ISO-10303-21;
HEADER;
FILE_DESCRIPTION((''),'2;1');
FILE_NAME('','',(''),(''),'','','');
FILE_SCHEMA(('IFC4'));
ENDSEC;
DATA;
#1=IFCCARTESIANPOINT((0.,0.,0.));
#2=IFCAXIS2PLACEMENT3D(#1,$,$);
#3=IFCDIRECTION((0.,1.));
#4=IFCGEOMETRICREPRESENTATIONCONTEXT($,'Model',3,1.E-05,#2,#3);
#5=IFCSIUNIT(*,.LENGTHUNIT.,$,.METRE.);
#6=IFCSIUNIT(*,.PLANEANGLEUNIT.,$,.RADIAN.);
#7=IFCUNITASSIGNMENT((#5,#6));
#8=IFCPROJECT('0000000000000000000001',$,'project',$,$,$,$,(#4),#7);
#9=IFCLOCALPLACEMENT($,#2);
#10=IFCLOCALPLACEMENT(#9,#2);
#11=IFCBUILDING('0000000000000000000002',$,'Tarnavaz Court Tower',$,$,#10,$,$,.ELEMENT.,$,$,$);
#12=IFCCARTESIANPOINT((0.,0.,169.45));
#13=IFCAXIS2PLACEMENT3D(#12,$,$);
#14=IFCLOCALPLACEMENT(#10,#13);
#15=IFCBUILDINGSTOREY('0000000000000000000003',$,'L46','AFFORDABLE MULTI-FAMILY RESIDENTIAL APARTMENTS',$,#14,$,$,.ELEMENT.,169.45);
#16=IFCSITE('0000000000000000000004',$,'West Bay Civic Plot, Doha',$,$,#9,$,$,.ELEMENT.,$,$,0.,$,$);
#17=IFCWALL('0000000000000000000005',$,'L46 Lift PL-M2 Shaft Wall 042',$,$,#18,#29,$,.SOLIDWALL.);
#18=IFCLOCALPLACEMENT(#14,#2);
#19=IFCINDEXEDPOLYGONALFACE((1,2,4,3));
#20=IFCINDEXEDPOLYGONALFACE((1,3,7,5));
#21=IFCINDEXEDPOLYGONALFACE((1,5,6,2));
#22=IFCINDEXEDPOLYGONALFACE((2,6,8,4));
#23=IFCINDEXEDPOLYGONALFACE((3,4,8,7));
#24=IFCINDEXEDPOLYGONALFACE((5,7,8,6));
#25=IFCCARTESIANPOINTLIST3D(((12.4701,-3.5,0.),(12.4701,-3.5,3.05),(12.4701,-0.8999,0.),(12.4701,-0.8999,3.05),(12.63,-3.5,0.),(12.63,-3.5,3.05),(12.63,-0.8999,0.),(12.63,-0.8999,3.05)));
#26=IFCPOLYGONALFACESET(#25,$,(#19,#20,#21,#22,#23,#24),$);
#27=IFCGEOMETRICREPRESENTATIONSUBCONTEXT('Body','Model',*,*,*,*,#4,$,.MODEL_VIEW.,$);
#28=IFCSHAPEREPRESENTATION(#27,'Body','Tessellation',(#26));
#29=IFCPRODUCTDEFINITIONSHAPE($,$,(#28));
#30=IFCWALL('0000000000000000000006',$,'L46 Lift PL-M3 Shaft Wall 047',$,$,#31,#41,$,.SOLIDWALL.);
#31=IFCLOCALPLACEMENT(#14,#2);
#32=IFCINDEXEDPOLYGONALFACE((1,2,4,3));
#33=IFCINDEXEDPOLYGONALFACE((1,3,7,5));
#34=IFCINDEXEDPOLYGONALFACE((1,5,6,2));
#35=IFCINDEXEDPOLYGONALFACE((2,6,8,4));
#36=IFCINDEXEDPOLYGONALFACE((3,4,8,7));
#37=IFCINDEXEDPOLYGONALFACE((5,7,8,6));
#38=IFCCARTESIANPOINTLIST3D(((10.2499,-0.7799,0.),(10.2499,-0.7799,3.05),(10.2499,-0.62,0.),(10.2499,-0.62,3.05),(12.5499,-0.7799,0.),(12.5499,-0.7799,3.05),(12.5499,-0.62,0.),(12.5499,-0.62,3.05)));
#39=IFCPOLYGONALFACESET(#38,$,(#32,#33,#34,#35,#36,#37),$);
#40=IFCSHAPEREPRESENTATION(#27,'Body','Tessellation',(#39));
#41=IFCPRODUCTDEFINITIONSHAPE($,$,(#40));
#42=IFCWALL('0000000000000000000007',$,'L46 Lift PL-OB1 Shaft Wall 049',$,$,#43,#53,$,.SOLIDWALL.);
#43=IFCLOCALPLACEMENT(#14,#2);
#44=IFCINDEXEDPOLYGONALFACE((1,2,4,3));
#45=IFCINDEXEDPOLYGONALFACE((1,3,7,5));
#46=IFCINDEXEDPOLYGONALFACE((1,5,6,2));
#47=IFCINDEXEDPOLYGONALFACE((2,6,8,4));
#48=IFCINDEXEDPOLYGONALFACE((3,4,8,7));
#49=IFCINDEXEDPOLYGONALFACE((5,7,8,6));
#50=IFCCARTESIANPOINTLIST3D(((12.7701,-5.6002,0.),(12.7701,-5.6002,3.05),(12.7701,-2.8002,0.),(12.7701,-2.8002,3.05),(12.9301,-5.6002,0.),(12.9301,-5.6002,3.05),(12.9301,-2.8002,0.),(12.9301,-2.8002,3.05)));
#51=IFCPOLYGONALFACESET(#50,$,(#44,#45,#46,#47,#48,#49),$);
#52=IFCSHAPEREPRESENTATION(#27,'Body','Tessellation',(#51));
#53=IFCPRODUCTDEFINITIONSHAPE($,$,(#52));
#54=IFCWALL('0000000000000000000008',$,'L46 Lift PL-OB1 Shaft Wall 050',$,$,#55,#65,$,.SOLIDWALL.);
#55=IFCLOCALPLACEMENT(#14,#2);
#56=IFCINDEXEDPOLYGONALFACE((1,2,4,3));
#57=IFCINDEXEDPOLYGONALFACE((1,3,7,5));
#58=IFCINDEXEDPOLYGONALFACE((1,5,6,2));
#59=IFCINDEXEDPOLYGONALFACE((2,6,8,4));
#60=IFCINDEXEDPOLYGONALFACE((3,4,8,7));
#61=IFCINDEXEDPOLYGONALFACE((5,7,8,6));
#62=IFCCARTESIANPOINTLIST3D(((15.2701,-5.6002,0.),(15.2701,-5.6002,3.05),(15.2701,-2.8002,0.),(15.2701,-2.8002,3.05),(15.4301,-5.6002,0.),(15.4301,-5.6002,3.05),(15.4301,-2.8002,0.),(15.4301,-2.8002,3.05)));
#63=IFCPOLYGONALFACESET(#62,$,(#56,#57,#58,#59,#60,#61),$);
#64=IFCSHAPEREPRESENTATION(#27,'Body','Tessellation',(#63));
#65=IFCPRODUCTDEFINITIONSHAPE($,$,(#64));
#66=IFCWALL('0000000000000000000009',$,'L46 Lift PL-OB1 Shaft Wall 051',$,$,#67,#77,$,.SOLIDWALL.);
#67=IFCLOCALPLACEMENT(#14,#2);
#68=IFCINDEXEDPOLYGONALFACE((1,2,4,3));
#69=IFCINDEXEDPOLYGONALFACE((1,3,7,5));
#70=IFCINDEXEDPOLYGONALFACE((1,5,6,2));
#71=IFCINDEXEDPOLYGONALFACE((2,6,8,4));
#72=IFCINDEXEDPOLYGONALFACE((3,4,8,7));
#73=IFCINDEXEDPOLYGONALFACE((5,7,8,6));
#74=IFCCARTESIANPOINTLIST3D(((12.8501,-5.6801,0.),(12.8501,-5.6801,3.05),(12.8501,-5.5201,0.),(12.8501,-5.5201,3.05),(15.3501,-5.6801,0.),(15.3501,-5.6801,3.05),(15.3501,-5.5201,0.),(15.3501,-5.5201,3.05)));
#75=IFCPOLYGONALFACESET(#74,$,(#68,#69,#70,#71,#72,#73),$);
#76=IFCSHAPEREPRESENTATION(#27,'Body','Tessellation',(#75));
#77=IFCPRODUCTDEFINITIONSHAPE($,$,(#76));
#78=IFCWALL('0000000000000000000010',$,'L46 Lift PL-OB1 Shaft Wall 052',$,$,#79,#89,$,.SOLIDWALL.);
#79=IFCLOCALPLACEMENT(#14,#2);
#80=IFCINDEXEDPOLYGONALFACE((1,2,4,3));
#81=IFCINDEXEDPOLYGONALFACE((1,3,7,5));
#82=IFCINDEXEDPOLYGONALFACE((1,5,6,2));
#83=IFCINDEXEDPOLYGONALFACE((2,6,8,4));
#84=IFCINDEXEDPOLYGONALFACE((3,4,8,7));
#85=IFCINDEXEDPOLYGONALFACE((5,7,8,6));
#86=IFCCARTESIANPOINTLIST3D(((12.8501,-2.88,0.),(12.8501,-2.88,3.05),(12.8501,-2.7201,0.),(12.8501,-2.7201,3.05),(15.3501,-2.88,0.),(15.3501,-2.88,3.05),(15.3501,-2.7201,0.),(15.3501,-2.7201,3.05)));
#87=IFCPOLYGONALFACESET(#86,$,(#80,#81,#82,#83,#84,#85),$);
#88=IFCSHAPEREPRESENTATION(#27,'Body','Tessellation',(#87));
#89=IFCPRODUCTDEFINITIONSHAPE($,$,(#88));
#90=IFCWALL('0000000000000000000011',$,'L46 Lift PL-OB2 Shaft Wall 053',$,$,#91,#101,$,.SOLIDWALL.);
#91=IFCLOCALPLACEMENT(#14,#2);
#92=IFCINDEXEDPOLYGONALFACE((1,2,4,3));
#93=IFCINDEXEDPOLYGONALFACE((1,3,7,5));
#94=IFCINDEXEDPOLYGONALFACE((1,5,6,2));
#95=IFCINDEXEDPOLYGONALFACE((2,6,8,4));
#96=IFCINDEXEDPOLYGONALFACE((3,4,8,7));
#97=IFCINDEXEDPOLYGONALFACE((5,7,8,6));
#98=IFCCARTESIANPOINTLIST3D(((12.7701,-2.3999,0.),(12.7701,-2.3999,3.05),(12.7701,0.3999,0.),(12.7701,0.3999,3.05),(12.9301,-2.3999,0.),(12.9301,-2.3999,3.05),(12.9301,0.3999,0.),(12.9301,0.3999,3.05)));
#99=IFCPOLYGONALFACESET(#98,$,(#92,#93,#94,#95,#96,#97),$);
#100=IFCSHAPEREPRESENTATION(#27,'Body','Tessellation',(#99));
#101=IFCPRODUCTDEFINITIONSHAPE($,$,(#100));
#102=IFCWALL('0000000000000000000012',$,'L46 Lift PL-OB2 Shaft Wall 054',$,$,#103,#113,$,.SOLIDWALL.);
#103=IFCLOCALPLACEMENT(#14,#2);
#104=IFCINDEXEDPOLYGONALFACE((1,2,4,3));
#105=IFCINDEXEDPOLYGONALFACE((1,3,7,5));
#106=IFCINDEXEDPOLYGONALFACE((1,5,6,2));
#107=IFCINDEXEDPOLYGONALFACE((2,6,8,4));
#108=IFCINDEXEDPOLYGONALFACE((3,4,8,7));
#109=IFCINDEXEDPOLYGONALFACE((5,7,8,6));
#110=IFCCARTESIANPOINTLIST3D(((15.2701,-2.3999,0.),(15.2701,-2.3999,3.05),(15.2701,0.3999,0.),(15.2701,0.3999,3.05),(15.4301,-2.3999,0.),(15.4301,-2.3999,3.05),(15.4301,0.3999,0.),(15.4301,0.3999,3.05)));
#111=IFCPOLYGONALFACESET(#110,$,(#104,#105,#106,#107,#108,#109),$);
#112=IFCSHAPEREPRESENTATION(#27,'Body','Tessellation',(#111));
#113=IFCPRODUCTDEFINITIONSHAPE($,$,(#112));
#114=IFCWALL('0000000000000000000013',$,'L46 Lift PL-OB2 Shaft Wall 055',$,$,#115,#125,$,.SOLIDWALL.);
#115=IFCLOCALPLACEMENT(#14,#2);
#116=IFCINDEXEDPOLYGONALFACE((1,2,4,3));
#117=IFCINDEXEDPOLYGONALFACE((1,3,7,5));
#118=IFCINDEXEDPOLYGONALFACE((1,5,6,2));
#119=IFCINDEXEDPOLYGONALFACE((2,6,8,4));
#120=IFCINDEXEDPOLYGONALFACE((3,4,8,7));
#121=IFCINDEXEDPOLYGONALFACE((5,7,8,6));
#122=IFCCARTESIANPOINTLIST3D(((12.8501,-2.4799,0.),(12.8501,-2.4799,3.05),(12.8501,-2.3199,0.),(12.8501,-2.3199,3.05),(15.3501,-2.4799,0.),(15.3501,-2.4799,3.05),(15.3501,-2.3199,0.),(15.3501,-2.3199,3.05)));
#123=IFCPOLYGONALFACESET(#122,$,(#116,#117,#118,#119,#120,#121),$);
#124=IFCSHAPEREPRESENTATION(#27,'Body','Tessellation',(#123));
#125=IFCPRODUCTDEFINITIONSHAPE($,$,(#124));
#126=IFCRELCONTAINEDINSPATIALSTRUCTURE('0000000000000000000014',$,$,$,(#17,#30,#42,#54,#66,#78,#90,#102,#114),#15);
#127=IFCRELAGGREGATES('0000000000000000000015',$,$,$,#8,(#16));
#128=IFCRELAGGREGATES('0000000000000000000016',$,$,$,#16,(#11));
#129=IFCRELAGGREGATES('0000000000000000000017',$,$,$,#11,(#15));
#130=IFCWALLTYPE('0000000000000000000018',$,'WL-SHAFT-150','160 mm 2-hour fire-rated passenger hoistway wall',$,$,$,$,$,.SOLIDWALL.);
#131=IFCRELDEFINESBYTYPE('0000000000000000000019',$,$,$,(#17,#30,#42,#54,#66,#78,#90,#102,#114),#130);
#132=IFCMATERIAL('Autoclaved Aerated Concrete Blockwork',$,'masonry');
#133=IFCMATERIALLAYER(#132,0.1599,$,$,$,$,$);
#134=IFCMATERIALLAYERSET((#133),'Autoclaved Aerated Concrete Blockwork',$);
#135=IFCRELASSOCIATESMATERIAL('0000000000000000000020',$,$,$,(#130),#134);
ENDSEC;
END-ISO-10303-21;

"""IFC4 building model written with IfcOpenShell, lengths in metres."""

from ifc_helpers import new_model, si_unit, direction, frame, frame_2d, origin, place, context, subcontext, project, spatial, rectangle, extrude, material, layer, layer_set, type_object, element, save


model = new_model("IFC4")

# Units and contexts
model_context = context("Model", 3, precision=1e-05, world=origin(), true_north=direction((0.0, 1.0)))
body_context = subcontext(model_context, "Body", "Model", "MODEL_VIEW")
ifc_project = project(units=[si_unit("LENGTHUNIT", "METRE"), si_unit("PLANEANGLEUNIT", "RADIAN")], contexts=[model_context])

# Site, building, storey
site_placement = place(None, origin())
site = spatial("IfcSite", under=ifc_project, at=site_placement, Name="West Bay Civic Plot, Doha", CompositionType="ELEMENT", RefElevation=0.0)
building_placement = place(site_placement, origin())
building = spatial("IfcBuilding", under=site, at=building_placement, Name="Tarnavaz Court Tower", CompositionType="ELEMENT")
storey_placement = place(building_placement, frame((0.0, 0.0, 169.45)))
storey = spatial("IfcBuildingStorey", under=building, at=storey_placement, Name="L46", Description="AFFORDABLE MULTI-FAMILY RESIDENTIAL APARTMENTS", CompositionType="ELEMENT", Elevation=169.45)

# Wall
ifc_material_1 = material(Name="Autoclaved Aerated Concrete Blockwork", Category="masonry")
ifc_layer_1 = layer(ifc_material_1, 0.1599)
ifc_layer_set_1 = layer_set([ifc_layer_1], Name="Autoclaved Aerated Concrete Blockwork")
wall_type_1 = type_object("IfcWallType", Name="WL-SHAFT-150", Description="160 mm 2-hour fire-rated passenger hoistway wall", PredefinedType="SOLIDWALL", material=ifc_layer_set_1)
for number, where, z_axis, x_axis, name in (
    (1, (12.55, -3.5, 0.0), (0.0, 0.0, 1.0), (0.0, 1.0, 0.0), "L46 Lift PL-M2 Shaft Wall 042"),
):
    element("IfcWall", number, at=place(storey_placement, frame(where, z_axis=z_axis, x_axis=x_axis)), inside=storey, type_object=wall_type_1, Name=name, PredefinedType="SOLIDWALL", context=body_context, shape_type="SweptSolid", body=[
        extrude(rectangle(XDim=2.6001, YDim=0.1599, at=frame_2d((1.3, 0.0))), origin(), (0.0, 0.0, 1.0), 3.05),
    ])

# Walls
wall_1_placement = place(storey_placement, frame((10.25, -0.7, 0.0), z_axis=(0.0, 0.0, 1.0), x_axis=(1.0, 0.0, 0.0)))
element("IfcWall", 2, at=wall_1_placement, inside=storey, type_object=wall_type_1, Name="L46 Lift PL-M3 Shaft Wall 047", PredefinedType="SOLIDWALL", context=body_context, shape_type="SweptSolid", body=[
    extrude(rectangle(XDim=2.3, YDim=0.1599, at=frame_2d((1.1499, 0.0))), origin(), (0.0, 0.0, 1.0), 3.05),
])
for number, where, z_axis, x_axis, name in (
    (3, (12.8501, -5.6001, 0.0), (0.0, 0.0, 1.0), (0.0, 1.0, 0.0), "L46 Lift PL-OB1 Shaft Wall 049"),
    (4, (15.3501, -5.6001, 0.0), (0.0, 0.0, 1.0), (0.0, 1.0, 0.0), "L46 Lift PL-OB1 Shaft Wall 050"),
):
    element("IfcWall", number, at=place(storey_placement, frame(where, z_axis=z_axis, x_axis=x_axis)), inside=storey, type_object=wall_type_1, Name=name, PredefinedType="SOLIDWALL", context=body_context, shape_type="SweptSolid", body=[
        extrude(rectangle(XDim=2.8, YDim=0.1599, at=frame_2d((1.3999, 0.0))), origin(), (0.0, 0.0, 1.0), 3.05),
    ])
for number, where, z_axis, x_axis, name in (
    (5, (12.8501, -5.6001, 0.0), (0.0, 0.0, 1.0), (1.0, 0.0, 0.0), "L46 Lift PL-OB1 Shaft Wall 051"),
    (6, (12.8501, -2.8, 0.0), (0.0, 0.0, 1.0), (1.0, 0.0, 0.0), "L46 Lift PL-OB1 Shaft Wall 052"),
):
    element("IfcWall", number, at=place(storey_placement, frame(where, z_axis=z_axis, x_axis=x_axis)), inside=storey, type_object=wall_type_1, Name=name, PredefinedType="SOLIDWALL", context=body_context, shape_type="SweptSolid", body=[
        extrude(rectangle(XDim=2.5, YDim=0.1599, at=frame_2d((1.25, 0.0))), origin(), (0.0, 0.0, 1.0), 3.05),
    ])
for number, where, z_axis, x_axis, name in (
    (7, (12.8501, -2.3999, 0.0), (0.0, 0.0, 1.0), (0.0, 1.0, 0.0), "L46 Lift PL-OB2 Shaft Wall 053"),
    (8, (15.3501, -2.3999, 0.0), (0.0, 0.0, 1.0), (0.0, 1.0, 0.0), "L46 Lift PL-OB2 Shaft Wall 054"),
):
    element("IfcWall", number, at=place(storey_placement, frame(where, z_axis=z_axis, x_axis=x_axis)), inside=storey, type_object=wall_type_1, Name=name, PredefinedType="SOLIDWALL", context=body_context, shape_type="SweptSolid", body=[
        extrude(rectangle(XDim=2.7998, YDim=0.1599, at=frame_2d((1.3999, 0.0))), origin(), (0.0, 0.0, 1.0), 3.05),
    ])
wall_2_placement = place(storey_placement, frame((12.8501, -2.3999, 0.0), z_axis=(0.0, 0.0, 1.0), x_axis=(1.0, 0.0, 0.0)))
element("IfcWall", 9, at=wall_2_placement, inside=storey, type_object=wall_type_1, Name="L46 Lift PL-OB2 Shaft Wall 055", PredefinedType="SOLIDWALL", context=body_context, shape_type="SweptSolid", body=[
    extrude(rectangle(XDim=2.5, YDim=0.1599, at=frame_2d((1.25, 0.0))), origin(), (0.0, 0.0, 1.0), 3.05),
])

save(model, "model.ifc")
